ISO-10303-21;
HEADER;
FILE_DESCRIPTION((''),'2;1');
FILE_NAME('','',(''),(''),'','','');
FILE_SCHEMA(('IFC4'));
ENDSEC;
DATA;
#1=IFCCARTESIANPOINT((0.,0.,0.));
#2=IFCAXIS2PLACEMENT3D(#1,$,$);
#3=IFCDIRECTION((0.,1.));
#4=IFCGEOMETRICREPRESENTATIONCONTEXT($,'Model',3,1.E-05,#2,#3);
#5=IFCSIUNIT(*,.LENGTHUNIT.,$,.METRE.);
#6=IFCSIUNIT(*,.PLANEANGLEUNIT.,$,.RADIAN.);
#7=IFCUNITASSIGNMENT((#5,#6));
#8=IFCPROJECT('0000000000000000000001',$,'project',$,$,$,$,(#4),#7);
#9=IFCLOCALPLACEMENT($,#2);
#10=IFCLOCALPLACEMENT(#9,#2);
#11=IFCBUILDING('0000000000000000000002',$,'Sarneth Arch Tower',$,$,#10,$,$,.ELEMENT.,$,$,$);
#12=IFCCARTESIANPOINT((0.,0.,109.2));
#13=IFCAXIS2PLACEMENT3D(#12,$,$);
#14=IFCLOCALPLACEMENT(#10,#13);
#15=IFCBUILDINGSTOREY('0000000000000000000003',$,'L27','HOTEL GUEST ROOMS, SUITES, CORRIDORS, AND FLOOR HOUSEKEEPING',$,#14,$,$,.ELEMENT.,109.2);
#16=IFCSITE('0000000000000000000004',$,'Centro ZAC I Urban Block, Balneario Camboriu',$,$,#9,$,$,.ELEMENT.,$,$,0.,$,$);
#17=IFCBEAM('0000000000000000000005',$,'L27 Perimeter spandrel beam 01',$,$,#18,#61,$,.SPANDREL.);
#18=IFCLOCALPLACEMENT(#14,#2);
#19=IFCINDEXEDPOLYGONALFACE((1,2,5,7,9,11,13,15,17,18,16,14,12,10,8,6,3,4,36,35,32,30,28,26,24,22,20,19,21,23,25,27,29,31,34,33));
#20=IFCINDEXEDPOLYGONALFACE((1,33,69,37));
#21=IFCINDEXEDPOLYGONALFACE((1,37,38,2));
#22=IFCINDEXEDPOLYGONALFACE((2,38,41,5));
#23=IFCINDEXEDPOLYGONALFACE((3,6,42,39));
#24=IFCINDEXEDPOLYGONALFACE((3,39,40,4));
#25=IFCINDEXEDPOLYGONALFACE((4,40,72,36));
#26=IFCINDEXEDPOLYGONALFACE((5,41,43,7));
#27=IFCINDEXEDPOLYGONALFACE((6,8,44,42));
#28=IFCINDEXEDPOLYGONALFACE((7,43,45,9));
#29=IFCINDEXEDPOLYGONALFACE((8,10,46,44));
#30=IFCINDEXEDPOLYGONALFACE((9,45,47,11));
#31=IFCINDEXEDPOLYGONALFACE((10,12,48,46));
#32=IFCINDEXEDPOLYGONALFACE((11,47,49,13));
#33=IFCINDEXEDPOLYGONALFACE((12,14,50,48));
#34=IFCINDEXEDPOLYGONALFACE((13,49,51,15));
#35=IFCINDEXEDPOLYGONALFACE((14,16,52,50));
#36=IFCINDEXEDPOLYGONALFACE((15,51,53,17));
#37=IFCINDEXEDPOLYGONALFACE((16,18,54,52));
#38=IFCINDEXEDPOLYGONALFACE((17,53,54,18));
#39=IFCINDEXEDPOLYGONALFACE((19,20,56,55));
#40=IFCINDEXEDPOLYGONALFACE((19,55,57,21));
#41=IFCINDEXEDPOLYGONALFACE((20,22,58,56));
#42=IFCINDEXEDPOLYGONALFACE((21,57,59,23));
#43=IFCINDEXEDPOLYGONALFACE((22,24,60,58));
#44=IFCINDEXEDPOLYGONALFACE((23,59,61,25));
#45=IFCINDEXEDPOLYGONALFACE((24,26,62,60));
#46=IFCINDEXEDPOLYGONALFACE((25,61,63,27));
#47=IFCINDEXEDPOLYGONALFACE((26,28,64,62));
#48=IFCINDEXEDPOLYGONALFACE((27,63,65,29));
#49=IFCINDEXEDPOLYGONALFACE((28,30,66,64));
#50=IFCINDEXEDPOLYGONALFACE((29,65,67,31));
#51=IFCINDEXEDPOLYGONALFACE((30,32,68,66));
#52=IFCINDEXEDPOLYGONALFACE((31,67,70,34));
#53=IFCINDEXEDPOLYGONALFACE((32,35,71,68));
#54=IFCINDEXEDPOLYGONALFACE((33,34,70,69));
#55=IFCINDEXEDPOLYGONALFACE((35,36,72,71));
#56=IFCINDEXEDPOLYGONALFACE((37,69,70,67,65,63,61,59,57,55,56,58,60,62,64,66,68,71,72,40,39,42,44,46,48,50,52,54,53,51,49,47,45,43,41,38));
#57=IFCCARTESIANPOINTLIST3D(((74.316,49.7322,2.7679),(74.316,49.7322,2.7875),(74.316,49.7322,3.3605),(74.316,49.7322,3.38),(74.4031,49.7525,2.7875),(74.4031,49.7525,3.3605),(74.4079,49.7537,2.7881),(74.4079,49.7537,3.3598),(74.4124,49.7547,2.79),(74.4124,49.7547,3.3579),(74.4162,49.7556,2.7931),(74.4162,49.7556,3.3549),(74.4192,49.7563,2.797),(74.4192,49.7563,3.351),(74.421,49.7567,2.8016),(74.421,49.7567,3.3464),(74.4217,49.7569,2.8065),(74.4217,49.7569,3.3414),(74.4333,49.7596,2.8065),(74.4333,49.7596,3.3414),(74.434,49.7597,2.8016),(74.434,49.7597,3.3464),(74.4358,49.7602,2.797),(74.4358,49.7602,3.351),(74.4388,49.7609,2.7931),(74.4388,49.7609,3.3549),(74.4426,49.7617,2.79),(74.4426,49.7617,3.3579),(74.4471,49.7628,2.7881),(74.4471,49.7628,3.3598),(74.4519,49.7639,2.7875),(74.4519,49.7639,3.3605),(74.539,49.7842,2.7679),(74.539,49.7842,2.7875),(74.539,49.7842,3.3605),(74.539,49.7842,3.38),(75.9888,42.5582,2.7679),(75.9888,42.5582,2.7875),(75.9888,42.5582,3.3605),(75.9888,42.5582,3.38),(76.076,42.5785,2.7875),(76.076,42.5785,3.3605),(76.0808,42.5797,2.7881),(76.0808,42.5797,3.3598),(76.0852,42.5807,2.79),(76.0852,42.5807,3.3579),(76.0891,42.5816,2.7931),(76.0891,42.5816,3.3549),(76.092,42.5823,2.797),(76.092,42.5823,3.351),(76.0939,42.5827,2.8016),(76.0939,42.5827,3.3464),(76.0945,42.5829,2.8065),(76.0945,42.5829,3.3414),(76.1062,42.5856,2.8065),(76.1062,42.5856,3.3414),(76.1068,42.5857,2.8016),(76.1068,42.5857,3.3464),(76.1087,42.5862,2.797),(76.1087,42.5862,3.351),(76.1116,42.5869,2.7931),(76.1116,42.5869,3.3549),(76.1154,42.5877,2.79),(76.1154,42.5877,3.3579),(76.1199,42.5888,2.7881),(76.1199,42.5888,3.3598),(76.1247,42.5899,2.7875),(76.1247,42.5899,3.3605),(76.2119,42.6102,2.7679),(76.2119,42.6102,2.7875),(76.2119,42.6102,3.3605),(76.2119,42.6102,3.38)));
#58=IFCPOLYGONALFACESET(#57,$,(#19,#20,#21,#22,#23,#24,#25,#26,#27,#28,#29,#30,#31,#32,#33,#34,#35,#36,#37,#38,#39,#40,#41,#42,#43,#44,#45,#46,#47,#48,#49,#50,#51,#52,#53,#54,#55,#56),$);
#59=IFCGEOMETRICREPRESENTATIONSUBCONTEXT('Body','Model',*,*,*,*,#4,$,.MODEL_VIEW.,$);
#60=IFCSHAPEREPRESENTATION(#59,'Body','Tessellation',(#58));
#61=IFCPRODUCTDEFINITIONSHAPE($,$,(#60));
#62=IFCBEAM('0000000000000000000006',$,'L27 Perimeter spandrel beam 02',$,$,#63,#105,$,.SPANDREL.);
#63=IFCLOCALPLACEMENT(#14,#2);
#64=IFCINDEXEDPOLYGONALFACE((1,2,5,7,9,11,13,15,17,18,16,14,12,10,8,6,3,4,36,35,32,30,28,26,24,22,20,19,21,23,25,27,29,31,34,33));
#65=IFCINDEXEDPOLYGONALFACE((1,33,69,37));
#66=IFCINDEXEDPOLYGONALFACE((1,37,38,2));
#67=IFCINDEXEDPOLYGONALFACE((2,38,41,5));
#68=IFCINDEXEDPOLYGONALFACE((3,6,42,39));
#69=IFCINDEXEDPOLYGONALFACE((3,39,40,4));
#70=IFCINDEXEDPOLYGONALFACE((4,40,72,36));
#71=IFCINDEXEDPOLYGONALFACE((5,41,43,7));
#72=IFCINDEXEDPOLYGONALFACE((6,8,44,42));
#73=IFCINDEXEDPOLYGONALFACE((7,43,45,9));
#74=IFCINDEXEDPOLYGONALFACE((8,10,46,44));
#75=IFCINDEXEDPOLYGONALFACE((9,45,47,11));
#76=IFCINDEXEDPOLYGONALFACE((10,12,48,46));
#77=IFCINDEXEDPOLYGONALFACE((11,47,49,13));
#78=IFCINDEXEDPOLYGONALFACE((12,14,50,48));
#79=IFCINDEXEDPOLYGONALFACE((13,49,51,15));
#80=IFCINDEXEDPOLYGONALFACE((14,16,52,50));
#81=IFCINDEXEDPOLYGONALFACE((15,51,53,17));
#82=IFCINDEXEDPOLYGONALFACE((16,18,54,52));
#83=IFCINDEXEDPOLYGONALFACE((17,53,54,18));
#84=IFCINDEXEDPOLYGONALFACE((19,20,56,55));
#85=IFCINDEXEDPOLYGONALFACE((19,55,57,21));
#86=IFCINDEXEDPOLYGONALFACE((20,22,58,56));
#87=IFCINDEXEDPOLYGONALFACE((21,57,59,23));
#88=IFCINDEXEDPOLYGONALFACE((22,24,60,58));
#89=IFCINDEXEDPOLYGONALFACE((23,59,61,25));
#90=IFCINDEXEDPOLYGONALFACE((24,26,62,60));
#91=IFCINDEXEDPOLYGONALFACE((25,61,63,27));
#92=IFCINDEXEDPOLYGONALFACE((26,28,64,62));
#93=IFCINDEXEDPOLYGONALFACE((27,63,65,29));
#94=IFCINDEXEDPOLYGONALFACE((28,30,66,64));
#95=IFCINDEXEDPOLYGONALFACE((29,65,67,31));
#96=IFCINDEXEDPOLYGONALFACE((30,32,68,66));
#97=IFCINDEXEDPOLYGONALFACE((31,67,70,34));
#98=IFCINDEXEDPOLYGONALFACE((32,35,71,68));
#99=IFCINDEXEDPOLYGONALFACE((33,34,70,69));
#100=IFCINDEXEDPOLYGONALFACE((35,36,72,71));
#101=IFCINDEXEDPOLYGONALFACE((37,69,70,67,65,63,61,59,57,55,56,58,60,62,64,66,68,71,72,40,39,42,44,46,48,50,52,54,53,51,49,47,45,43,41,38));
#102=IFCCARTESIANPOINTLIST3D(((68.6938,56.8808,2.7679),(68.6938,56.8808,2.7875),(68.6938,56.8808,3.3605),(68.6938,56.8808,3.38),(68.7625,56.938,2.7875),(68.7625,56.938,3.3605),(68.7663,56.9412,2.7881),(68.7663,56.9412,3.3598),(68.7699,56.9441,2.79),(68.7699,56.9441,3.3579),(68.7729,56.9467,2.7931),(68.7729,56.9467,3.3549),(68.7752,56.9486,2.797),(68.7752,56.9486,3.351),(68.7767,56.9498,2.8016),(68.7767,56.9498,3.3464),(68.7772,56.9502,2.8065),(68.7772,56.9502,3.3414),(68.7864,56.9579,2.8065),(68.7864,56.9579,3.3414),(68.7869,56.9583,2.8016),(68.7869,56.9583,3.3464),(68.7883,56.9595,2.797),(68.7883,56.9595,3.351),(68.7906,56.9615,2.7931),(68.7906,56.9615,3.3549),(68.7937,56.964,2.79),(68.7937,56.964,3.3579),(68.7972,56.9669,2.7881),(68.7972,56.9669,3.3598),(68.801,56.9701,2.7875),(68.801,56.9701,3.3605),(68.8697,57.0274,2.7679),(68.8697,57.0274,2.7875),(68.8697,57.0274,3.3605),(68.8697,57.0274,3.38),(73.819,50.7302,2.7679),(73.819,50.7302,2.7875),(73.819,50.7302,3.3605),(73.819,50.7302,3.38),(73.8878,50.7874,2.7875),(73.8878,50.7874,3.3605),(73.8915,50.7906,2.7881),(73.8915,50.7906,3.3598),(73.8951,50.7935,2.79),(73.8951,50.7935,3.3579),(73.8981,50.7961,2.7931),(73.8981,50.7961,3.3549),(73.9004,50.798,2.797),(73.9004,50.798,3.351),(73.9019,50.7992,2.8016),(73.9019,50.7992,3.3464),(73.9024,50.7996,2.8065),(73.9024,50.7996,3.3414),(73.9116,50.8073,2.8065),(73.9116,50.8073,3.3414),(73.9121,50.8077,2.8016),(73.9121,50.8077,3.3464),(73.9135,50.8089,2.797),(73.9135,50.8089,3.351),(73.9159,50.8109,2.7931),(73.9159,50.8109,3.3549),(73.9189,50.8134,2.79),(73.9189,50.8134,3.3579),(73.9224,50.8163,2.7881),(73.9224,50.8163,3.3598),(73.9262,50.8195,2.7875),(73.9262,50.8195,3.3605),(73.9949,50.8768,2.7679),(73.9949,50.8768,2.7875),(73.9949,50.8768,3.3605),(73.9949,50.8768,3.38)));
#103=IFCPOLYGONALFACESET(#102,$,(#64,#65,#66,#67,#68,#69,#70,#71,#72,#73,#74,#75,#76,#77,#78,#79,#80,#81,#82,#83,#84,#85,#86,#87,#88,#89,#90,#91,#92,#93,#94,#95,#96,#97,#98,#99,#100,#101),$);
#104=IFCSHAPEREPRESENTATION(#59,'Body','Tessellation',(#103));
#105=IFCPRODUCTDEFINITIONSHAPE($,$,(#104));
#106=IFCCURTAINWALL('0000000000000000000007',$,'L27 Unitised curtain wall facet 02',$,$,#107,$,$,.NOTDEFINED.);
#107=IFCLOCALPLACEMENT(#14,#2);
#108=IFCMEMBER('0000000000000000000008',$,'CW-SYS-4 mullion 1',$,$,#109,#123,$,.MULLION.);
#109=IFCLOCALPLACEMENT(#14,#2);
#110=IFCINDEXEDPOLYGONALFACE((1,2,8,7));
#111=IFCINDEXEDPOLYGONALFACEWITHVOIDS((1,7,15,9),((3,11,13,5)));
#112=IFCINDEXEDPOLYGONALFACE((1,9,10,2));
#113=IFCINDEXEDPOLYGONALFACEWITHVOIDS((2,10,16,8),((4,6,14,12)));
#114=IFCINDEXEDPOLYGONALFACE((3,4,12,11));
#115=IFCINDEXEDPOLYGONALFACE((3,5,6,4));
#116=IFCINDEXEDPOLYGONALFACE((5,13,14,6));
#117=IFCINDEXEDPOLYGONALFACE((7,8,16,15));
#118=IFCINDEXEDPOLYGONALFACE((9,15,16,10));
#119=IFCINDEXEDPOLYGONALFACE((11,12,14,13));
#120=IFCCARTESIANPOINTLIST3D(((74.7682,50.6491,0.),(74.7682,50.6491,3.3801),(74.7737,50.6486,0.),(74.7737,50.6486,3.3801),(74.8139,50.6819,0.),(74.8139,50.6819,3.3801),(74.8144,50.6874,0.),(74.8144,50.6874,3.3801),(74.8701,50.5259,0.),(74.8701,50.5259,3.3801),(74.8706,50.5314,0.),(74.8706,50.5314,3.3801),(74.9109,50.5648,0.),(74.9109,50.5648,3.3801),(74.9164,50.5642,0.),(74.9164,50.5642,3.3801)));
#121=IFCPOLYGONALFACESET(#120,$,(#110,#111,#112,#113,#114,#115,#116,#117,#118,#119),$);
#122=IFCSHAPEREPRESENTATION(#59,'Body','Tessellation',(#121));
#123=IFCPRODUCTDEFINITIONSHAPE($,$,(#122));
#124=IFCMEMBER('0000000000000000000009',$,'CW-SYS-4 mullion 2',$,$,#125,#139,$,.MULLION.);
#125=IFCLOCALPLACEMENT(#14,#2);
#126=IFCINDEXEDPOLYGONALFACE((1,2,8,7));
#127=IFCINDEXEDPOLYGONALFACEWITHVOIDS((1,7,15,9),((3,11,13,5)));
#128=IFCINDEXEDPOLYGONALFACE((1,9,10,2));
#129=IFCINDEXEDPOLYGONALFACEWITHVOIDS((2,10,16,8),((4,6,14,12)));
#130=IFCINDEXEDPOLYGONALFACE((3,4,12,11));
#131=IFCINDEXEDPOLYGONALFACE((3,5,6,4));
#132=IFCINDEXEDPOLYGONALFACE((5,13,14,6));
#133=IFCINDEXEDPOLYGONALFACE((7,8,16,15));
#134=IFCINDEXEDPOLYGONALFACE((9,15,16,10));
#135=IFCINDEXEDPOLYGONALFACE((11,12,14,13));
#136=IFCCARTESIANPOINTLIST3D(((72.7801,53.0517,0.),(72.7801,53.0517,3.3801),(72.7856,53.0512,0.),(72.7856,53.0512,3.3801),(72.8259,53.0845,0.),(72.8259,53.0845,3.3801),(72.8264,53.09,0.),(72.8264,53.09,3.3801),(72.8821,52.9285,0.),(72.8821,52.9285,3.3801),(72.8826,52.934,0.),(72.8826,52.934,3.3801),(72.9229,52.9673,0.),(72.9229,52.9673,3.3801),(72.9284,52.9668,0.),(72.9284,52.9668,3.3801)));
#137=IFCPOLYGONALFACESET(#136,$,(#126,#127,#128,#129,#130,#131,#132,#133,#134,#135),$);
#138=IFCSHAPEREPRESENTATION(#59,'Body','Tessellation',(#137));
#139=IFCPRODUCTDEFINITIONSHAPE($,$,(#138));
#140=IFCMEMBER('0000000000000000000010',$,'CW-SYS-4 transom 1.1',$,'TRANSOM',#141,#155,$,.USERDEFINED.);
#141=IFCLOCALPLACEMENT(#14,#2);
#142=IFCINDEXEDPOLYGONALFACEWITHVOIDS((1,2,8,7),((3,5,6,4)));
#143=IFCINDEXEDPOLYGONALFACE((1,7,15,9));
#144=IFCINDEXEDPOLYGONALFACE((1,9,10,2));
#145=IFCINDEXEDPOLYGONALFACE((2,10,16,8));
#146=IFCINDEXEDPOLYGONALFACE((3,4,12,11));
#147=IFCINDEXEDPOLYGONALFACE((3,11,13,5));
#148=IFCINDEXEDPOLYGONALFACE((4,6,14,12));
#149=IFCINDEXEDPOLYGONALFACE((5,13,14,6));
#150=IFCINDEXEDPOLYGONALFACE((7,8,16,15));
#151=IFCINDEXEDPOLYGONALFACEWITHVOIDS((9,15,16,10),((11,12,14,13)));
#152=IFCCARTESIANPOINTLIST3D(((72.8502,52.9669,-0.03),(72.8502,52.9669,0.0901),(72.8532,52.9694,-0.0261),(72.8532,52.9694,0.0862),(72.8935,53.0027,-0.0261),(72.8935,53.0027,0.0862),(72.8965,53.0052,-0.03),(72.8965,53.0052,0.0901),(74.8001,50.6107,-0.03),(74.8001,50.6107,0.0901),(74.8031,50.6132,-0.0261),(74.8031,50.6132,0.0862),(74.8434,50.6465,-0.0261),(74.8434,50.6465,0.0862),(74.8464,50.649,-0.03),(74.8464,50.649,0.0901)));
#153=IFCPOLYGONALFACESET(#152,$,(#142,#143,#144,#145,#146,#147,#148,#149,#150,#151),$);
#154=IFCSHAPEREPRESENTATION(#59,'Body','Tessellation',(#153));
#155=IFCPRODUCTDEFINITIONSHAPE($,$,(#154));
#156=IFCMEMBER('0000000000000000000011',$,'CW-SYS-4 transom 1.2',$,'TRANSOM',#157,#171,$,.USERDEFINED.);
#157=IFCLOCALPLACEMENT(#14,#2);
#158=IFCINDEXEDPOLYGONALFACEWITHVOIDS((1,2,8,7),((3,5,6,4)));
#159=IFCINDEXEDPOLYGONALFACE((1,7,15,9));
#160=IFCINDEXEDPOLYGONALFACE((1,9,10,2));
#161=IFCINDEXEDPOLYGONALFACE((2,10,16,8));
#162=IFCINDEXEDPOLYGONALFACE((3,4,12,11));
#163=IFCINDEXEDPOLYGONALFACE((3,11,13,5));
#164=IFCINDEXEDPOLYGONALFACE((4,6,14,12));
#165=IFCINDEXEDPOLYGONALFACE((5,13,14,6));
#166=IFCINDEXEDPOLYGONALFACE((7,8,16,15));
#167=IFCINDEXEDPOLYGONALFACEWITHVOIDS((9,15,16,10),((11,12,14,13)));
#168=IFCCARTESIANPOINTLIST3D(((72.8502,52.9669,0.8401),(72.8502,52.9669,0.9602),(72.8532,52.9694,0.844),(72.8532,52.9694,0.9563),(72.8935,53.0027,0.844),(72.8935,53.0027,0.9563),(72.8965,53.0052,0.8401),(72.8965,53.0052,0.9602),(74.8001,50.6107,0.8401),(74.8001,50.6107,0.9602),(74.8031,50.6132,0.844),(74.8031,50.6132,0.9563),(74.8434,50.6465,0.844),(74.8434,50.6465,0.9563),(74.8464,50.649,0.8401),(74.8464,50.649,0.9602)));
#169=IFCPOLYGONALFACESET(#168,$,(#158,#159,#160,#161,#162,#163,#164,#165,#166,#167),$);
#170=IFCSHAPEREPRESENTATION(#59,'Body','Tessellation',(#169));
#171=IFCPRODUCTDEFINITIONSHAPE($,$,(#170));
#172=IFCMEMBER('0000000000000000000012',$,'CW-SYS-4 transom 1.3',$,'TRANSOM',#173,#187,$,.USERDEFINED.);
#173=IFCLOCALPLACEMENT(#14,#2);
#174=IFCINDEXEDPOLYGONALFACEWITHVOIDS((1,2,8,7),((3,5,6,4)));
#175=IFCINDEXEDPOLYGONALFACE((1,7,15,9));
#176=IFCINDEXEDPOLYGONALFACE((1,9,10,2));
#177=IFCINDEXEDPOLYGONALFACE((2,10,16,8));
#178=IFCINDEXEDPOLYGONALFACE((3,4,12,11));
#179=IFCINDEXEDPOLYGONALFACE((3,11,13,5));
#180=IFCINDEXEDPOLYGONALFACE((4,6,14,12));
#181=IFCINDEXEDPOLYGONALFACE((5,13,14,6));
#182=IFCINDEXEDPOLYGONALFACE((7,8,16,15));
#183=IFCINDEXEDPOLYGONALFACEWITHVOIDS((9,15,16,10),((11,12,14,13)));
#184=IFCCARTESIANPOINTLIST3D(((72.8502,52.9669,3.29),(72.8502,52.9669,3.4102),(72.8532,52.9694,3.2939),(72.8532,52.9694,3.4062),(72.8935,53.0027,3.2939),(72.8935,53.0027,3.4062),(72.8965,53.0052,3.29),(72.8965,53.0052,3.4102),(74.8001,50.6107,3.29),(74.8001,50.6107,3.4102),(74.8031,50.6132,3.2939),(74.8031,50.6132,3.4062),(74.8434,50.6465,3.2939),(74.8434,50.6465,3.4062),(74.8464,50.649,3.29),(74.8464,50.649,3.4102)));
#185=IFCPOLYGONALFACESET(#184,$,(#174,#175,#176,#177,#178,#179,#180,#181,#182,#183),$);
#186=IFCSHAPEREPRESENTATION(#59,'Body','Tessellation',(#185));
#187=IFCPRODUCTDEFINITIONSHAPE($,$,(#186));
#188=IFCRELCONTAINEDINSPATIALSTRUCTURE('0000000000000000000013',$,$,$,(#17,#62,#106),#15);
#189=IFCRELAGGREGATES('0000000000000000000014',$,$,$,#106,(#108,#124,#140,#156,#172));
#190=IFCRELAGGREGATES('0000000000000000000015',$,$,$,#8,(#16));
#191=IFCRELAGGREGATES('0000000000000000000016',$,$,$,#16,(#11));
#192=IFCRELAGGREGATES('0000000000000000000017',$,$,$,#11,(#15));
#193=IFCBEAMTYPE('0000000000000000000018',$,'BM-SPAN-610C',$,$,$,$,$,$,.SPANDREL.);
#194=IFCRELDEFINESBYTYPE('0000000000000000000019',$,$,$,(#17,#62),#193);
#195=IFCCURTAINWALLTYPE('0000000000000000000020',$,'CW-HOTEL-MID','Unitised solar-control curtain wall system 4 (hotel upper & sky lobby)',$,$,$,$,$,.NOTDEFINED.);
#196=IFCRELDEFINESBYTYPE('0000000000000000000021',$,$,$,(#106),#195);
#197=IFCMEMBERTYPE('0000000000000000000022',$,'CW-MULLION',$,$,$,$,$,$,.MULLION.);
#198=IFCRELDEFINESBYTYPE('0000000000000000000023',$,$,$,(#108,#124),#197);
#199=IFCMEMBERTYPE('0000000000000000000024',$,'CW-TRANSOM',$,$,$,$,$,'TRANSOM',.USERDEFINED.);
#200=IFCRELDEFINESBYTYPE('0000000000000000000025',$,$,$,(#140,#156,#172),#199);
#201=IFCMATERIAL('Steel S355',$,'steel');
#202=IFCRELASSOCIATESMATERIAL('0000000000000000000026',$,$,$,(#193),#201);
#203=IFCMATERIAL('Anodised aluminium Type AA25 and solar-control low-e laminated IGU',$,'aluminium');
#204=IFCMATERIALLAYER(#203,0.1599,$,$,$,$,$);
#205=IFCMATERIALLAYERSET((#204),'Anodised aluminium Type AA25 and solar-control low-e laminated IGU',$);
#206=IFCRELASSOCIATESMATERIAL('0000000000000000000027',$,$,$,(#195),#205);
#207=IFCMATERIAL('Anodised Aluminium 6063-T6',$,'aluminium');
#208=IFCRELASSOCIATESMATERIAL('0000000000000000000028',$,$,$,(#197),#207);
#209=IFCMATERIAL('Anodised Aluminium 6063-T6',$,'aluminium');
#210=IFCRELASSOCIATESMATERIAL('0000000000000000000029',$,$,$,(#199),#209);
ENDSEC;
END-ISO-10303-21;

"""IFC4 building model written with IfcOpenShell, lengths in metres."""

from ifc_helpers import new_model, si_unit, direction, frame, origin, origin_2d, place, context, subcontext, project, spatial, hollow_rectangle, i_section, extrude, material, layer, layer_set, material_profile, profile_set, type_object, element, aggregate, save


model = new_model("IFC4")

# Units and contexts
model_context = context("Model", 3, precision=1e-05, world=origin(), true_north=direction((0.0, 1.0)))
body_context = subcontext(model_context, "Body", "Model", "MODEL_VIEW")
ifc_project = project(units=[si_unit("LENGTHUNIT", "METRE"), si_unit("PLANEANGLEUNIT", "RADIAN")], contexts=[model_context])

# Site, building, storey
site_placement = place(None, origin())
site = spatial("IfcSite", under=ifc_project, at=site_placement, Name="Centro ZAC I Urban Block, Balneario Camboriu", CompositionType="ELEMENT", RefElevation=0.0)
building_placement = place(site_placement, origin())
building = spatial("IfcBuilding", under=site, at=building_placement, Name="Sarneth Arch Tower", CompositionType="ELEMENT")
storey_placement = place(building_placement, frame((0.0, 0.0, 109.2)))
storey = spatial("IfcBuildingStorey", under=building, at=storey_placement, Name="L27", Description="HOTEL GUEST ROOMS, SUITES, CORRIDORS, AND FLOOR HOUSEKEEPING", CompositionType="ELEMENT", Elevation=109.2)

# Beams
ifc_material_1 = material(Name="Steel S355", Category="steel")
ifc_material_profile_1 = material_profile(ifc_material_1, i_section(OverallWidth=0.229, OverallDepth=0.6121, WebThickness=0.012, FlangeThickness=0.0195, FilletRadius=0.019, at=origin_2d()), Name="W610x125")
ifc_profile_set_1 = profile_set([ifc_material_profile_1], Name="Steel S355")
beam_type = type_object("IfcBeamType", Name="BM-SPAN-610C", PredefinedType="SPANDREL", material=ifc_profile_set_1)
beam_1_placement = place(storey_placement, frame((76.1003, 42.5842, 3.074), z_axis=(-0.227088, 0.973874, 0.0), x_axis=(-0.973874, -0.227088, 0.0)))
element("IfcBeam", 1, at=beam_1_placement, inside=storey, type_object=beam_type, Name="L27 Perimeter spandrel beam 01", PredefinedType="SPANDREL", context=body_context, shape_type="SweptSolid", body=[
    extrude(i_section(OverallWidth=0.229, OverallDepth=0.6121, WebThickness=0.012, FlangeThickness=0.0195, FilletRadius=0.019, at=origin_2d()), origin(), (0.0, 0.0, 1.0), 7.3665),
])
beam_2_placement = place(storey_placement, frame((73.907, 50.8035, 3.074), z_axis=(-0.640163, 0.768239, 0.0), x_axis=(-0.768239, -0.640163, 0.0)))
element("IfcBeam", 2, at=beam_2_placement, inside=storey, type_object=beam_type, Name="L27 Perimeter spandrel beam 02", PredefinedType="SPANDREL", context=body_context, shape_type="SweptSolid", body=[
    extrude(i_section(OverallWidth=0.229, OverallDepth=0.6121, WebThickness=0.012, FlangeThickness=0.0195, FilletRadius=0.019, at=origin_2d()), origin(), (0.0, 0.0, 1.0), 8.0061),
])

# Curtain wall, members
ifc_material_2 = material(Name="Anodised aluminium Type AA25 and solar-control low-e laminated IGU", Category="aluminium")
ifc_layer_1 = layer(ifc_material_2, 0.1599)
ifc_layer_set_1 = layer_set([ifc_layer_1], Name="Anodised aluminium Type AA25 and solar-control low-e laminated IGU")
curtain_wall_type = type_object("IfcCurtainWallType", Name="CW-HOTEL-MID", Description="Unitised solar-control curtain wall system 4 (hotel upper & sky lobby)", PredefinedType="NOTDEFINED", material=ifc_layer_set_1)
curtain_wall_placement = place(storey_placement, origin())
curtain_wall = element("IfcCurtainWall", 3, at=curtain_wall_placement, inside=storey, type_object=curtain_wall_type, Name="L27 Unitised curtain wall facet 02", PredefinedType="NOTDEFINED")
ifc_material_3 = material(Name="Anodised Aluminium 6063-T6", Category="aluminium")
ifc_material_profile_2 = material_profile(ifc_material_3, hollow_rectangle(XDim=0.0601, YDim=0.1599, WallThickness=0.0039, at=origin_2d()), Name="AL-MULL-160x60x4")
ifc_profile_set_2 = profile_set([ifc_material_profile_2], Name="Anodised Aluminium 6063-T6")
member_type_1 = type_object("IfcMemberType", Name="CW-MULLION", PredefinedType="MULLION", material=ifc_profile_set_2)
member_1_placement = place(storey_placement, frame((74.8423, 50.6067, 0.0), z_axis=(0.0, 0.0, 1.0), x_axis=(-0.770438, -0.637515, 0.0)))
member_1 = element("IfcMember", 4, at=member_1_placement, type_object=member_type_1, Name="CW-SYS-4 mullion 1", PredefinedType="MULLION", context=body_context, shape_type="SweptSolid", body=[
    extrude(hollow_rectangle(XDim=0.0601, YDim=0.1599, WallThickness=0.0039, at=origin_2d()), origin(), (0.0, 0.0, 1.0), 3.3801),
])
member_2_placement = place(storey_placement, frame((72.8542, 53.0093, 0.0), z_axis=(0.0, 0.0, 1.0), x_axis=(-0.770438, -0.637515, 0.0)))
member_2 = element("IfcMember", 5, at=member_2_placement, type_object=member_type_1, Name="CW-SYS-4 mullion 2", PredefinedType="MULLION", context=body_context, shape_type="SweptSolid", body=[
    extrude(hollow_rectangle(XDim=0.0601, YDim=0.1599, WallThickness=0.0039, at=origin_2d()), origin(), (0.0, 0.0, 1.0), 3.3801),
])
ifc_material_4 = material(Name="Anodised Aluminium 6063-T6", Category="aluminium")
ifc_material_profile_3 = material_profile(ifc_material_4, hollow_rectangle(XDim=0.0601, YDim=0.1201, WallThickness=0.0039, at=origin_2d()), Name="AL-TRAN-120x60x4")
ifc_profile_set_3 = profile_set([ifc_material_profile_3], Name="Anodised Aluminium 6063-T6")
member_type_2 = type_object("IfcMemberType", Name="CW-TRANSOM", ElementType="TRANSOM", PredefinedType="USERDEFINED", material=ifc_profile_set_3)
member_3_placement = place(storey_placement, frame((74.8232, 50.6299, 0.03), z_axis=(-0.637566, 0.770396, 0.0), x_axis=(-0.770396, -0.637566, 0.0)))
member_3 = element("IfcMember", 6, at=member_3_placement, type_object=member_type_2, Name="CW-SYS-4 transom 1.1", ObjectType="TRANSOM", PredefinedType="USERDEFINED", context=body_context, shape_type="SweptSolid", body=[
    extrude(hollow_rectangle(XDim=0.0601, YDim=0.1201, WallThickness=0.0039, at=origin_2d()), origin(), (0.0, 0.0, 1.0), 3.0583),
])
member_4_placement = place(storey_placement, frame((74.8232, 50.6299, 0.9001), z_axis=(-0.637566, 0.770396, 0.0), x_axis=(-0.770396, -0.637566, 0.0)))
member_4 = element("IfcMember", 7, at=member_4_placement, type_object=member_type_2, Name="CW-SYS-4 transom 1.2", ObjectType="TRANSOM", PredefinedType="USERDEFINED", context=body_context, shape_type="SweptSolid", body=[
    extrude(hollow_rectangle(XDim=0.0601, YDim=0.1201, WallThickness=0.0039, at=origin_2d()), origin(), (0.0, 0.0, 1.0), 3.0583),
])
member_5_placement = place(storey_placement, frame((74.8232, 50.6299, 3.3501), z_axis=(-0.637566, 0.770396, 0.0), x_axis=(-0.770396, -0.637566, 0.0)))
member_5 = element("IfcMember", 8, at=member_5_placement, type_object=member_type_2, Name="CW-SYS-4 transom 1.3", ObjectType="TRANSOM", PredefinedType="USERDEFINED", context=body_context, shape_type="SweptSolid", body=[
    extrude(hollow_rectangle(XDim=0.0601, YDim=0.1201, WallThickness=0.0039, at=origin_2d()), origin(), (0.0, 0.0, 1.0), 3.0583),
])

aggregate(curtain_wall, [member_1, member_2, member_3, member_4, member_5])

save(model, "model.ifc")
